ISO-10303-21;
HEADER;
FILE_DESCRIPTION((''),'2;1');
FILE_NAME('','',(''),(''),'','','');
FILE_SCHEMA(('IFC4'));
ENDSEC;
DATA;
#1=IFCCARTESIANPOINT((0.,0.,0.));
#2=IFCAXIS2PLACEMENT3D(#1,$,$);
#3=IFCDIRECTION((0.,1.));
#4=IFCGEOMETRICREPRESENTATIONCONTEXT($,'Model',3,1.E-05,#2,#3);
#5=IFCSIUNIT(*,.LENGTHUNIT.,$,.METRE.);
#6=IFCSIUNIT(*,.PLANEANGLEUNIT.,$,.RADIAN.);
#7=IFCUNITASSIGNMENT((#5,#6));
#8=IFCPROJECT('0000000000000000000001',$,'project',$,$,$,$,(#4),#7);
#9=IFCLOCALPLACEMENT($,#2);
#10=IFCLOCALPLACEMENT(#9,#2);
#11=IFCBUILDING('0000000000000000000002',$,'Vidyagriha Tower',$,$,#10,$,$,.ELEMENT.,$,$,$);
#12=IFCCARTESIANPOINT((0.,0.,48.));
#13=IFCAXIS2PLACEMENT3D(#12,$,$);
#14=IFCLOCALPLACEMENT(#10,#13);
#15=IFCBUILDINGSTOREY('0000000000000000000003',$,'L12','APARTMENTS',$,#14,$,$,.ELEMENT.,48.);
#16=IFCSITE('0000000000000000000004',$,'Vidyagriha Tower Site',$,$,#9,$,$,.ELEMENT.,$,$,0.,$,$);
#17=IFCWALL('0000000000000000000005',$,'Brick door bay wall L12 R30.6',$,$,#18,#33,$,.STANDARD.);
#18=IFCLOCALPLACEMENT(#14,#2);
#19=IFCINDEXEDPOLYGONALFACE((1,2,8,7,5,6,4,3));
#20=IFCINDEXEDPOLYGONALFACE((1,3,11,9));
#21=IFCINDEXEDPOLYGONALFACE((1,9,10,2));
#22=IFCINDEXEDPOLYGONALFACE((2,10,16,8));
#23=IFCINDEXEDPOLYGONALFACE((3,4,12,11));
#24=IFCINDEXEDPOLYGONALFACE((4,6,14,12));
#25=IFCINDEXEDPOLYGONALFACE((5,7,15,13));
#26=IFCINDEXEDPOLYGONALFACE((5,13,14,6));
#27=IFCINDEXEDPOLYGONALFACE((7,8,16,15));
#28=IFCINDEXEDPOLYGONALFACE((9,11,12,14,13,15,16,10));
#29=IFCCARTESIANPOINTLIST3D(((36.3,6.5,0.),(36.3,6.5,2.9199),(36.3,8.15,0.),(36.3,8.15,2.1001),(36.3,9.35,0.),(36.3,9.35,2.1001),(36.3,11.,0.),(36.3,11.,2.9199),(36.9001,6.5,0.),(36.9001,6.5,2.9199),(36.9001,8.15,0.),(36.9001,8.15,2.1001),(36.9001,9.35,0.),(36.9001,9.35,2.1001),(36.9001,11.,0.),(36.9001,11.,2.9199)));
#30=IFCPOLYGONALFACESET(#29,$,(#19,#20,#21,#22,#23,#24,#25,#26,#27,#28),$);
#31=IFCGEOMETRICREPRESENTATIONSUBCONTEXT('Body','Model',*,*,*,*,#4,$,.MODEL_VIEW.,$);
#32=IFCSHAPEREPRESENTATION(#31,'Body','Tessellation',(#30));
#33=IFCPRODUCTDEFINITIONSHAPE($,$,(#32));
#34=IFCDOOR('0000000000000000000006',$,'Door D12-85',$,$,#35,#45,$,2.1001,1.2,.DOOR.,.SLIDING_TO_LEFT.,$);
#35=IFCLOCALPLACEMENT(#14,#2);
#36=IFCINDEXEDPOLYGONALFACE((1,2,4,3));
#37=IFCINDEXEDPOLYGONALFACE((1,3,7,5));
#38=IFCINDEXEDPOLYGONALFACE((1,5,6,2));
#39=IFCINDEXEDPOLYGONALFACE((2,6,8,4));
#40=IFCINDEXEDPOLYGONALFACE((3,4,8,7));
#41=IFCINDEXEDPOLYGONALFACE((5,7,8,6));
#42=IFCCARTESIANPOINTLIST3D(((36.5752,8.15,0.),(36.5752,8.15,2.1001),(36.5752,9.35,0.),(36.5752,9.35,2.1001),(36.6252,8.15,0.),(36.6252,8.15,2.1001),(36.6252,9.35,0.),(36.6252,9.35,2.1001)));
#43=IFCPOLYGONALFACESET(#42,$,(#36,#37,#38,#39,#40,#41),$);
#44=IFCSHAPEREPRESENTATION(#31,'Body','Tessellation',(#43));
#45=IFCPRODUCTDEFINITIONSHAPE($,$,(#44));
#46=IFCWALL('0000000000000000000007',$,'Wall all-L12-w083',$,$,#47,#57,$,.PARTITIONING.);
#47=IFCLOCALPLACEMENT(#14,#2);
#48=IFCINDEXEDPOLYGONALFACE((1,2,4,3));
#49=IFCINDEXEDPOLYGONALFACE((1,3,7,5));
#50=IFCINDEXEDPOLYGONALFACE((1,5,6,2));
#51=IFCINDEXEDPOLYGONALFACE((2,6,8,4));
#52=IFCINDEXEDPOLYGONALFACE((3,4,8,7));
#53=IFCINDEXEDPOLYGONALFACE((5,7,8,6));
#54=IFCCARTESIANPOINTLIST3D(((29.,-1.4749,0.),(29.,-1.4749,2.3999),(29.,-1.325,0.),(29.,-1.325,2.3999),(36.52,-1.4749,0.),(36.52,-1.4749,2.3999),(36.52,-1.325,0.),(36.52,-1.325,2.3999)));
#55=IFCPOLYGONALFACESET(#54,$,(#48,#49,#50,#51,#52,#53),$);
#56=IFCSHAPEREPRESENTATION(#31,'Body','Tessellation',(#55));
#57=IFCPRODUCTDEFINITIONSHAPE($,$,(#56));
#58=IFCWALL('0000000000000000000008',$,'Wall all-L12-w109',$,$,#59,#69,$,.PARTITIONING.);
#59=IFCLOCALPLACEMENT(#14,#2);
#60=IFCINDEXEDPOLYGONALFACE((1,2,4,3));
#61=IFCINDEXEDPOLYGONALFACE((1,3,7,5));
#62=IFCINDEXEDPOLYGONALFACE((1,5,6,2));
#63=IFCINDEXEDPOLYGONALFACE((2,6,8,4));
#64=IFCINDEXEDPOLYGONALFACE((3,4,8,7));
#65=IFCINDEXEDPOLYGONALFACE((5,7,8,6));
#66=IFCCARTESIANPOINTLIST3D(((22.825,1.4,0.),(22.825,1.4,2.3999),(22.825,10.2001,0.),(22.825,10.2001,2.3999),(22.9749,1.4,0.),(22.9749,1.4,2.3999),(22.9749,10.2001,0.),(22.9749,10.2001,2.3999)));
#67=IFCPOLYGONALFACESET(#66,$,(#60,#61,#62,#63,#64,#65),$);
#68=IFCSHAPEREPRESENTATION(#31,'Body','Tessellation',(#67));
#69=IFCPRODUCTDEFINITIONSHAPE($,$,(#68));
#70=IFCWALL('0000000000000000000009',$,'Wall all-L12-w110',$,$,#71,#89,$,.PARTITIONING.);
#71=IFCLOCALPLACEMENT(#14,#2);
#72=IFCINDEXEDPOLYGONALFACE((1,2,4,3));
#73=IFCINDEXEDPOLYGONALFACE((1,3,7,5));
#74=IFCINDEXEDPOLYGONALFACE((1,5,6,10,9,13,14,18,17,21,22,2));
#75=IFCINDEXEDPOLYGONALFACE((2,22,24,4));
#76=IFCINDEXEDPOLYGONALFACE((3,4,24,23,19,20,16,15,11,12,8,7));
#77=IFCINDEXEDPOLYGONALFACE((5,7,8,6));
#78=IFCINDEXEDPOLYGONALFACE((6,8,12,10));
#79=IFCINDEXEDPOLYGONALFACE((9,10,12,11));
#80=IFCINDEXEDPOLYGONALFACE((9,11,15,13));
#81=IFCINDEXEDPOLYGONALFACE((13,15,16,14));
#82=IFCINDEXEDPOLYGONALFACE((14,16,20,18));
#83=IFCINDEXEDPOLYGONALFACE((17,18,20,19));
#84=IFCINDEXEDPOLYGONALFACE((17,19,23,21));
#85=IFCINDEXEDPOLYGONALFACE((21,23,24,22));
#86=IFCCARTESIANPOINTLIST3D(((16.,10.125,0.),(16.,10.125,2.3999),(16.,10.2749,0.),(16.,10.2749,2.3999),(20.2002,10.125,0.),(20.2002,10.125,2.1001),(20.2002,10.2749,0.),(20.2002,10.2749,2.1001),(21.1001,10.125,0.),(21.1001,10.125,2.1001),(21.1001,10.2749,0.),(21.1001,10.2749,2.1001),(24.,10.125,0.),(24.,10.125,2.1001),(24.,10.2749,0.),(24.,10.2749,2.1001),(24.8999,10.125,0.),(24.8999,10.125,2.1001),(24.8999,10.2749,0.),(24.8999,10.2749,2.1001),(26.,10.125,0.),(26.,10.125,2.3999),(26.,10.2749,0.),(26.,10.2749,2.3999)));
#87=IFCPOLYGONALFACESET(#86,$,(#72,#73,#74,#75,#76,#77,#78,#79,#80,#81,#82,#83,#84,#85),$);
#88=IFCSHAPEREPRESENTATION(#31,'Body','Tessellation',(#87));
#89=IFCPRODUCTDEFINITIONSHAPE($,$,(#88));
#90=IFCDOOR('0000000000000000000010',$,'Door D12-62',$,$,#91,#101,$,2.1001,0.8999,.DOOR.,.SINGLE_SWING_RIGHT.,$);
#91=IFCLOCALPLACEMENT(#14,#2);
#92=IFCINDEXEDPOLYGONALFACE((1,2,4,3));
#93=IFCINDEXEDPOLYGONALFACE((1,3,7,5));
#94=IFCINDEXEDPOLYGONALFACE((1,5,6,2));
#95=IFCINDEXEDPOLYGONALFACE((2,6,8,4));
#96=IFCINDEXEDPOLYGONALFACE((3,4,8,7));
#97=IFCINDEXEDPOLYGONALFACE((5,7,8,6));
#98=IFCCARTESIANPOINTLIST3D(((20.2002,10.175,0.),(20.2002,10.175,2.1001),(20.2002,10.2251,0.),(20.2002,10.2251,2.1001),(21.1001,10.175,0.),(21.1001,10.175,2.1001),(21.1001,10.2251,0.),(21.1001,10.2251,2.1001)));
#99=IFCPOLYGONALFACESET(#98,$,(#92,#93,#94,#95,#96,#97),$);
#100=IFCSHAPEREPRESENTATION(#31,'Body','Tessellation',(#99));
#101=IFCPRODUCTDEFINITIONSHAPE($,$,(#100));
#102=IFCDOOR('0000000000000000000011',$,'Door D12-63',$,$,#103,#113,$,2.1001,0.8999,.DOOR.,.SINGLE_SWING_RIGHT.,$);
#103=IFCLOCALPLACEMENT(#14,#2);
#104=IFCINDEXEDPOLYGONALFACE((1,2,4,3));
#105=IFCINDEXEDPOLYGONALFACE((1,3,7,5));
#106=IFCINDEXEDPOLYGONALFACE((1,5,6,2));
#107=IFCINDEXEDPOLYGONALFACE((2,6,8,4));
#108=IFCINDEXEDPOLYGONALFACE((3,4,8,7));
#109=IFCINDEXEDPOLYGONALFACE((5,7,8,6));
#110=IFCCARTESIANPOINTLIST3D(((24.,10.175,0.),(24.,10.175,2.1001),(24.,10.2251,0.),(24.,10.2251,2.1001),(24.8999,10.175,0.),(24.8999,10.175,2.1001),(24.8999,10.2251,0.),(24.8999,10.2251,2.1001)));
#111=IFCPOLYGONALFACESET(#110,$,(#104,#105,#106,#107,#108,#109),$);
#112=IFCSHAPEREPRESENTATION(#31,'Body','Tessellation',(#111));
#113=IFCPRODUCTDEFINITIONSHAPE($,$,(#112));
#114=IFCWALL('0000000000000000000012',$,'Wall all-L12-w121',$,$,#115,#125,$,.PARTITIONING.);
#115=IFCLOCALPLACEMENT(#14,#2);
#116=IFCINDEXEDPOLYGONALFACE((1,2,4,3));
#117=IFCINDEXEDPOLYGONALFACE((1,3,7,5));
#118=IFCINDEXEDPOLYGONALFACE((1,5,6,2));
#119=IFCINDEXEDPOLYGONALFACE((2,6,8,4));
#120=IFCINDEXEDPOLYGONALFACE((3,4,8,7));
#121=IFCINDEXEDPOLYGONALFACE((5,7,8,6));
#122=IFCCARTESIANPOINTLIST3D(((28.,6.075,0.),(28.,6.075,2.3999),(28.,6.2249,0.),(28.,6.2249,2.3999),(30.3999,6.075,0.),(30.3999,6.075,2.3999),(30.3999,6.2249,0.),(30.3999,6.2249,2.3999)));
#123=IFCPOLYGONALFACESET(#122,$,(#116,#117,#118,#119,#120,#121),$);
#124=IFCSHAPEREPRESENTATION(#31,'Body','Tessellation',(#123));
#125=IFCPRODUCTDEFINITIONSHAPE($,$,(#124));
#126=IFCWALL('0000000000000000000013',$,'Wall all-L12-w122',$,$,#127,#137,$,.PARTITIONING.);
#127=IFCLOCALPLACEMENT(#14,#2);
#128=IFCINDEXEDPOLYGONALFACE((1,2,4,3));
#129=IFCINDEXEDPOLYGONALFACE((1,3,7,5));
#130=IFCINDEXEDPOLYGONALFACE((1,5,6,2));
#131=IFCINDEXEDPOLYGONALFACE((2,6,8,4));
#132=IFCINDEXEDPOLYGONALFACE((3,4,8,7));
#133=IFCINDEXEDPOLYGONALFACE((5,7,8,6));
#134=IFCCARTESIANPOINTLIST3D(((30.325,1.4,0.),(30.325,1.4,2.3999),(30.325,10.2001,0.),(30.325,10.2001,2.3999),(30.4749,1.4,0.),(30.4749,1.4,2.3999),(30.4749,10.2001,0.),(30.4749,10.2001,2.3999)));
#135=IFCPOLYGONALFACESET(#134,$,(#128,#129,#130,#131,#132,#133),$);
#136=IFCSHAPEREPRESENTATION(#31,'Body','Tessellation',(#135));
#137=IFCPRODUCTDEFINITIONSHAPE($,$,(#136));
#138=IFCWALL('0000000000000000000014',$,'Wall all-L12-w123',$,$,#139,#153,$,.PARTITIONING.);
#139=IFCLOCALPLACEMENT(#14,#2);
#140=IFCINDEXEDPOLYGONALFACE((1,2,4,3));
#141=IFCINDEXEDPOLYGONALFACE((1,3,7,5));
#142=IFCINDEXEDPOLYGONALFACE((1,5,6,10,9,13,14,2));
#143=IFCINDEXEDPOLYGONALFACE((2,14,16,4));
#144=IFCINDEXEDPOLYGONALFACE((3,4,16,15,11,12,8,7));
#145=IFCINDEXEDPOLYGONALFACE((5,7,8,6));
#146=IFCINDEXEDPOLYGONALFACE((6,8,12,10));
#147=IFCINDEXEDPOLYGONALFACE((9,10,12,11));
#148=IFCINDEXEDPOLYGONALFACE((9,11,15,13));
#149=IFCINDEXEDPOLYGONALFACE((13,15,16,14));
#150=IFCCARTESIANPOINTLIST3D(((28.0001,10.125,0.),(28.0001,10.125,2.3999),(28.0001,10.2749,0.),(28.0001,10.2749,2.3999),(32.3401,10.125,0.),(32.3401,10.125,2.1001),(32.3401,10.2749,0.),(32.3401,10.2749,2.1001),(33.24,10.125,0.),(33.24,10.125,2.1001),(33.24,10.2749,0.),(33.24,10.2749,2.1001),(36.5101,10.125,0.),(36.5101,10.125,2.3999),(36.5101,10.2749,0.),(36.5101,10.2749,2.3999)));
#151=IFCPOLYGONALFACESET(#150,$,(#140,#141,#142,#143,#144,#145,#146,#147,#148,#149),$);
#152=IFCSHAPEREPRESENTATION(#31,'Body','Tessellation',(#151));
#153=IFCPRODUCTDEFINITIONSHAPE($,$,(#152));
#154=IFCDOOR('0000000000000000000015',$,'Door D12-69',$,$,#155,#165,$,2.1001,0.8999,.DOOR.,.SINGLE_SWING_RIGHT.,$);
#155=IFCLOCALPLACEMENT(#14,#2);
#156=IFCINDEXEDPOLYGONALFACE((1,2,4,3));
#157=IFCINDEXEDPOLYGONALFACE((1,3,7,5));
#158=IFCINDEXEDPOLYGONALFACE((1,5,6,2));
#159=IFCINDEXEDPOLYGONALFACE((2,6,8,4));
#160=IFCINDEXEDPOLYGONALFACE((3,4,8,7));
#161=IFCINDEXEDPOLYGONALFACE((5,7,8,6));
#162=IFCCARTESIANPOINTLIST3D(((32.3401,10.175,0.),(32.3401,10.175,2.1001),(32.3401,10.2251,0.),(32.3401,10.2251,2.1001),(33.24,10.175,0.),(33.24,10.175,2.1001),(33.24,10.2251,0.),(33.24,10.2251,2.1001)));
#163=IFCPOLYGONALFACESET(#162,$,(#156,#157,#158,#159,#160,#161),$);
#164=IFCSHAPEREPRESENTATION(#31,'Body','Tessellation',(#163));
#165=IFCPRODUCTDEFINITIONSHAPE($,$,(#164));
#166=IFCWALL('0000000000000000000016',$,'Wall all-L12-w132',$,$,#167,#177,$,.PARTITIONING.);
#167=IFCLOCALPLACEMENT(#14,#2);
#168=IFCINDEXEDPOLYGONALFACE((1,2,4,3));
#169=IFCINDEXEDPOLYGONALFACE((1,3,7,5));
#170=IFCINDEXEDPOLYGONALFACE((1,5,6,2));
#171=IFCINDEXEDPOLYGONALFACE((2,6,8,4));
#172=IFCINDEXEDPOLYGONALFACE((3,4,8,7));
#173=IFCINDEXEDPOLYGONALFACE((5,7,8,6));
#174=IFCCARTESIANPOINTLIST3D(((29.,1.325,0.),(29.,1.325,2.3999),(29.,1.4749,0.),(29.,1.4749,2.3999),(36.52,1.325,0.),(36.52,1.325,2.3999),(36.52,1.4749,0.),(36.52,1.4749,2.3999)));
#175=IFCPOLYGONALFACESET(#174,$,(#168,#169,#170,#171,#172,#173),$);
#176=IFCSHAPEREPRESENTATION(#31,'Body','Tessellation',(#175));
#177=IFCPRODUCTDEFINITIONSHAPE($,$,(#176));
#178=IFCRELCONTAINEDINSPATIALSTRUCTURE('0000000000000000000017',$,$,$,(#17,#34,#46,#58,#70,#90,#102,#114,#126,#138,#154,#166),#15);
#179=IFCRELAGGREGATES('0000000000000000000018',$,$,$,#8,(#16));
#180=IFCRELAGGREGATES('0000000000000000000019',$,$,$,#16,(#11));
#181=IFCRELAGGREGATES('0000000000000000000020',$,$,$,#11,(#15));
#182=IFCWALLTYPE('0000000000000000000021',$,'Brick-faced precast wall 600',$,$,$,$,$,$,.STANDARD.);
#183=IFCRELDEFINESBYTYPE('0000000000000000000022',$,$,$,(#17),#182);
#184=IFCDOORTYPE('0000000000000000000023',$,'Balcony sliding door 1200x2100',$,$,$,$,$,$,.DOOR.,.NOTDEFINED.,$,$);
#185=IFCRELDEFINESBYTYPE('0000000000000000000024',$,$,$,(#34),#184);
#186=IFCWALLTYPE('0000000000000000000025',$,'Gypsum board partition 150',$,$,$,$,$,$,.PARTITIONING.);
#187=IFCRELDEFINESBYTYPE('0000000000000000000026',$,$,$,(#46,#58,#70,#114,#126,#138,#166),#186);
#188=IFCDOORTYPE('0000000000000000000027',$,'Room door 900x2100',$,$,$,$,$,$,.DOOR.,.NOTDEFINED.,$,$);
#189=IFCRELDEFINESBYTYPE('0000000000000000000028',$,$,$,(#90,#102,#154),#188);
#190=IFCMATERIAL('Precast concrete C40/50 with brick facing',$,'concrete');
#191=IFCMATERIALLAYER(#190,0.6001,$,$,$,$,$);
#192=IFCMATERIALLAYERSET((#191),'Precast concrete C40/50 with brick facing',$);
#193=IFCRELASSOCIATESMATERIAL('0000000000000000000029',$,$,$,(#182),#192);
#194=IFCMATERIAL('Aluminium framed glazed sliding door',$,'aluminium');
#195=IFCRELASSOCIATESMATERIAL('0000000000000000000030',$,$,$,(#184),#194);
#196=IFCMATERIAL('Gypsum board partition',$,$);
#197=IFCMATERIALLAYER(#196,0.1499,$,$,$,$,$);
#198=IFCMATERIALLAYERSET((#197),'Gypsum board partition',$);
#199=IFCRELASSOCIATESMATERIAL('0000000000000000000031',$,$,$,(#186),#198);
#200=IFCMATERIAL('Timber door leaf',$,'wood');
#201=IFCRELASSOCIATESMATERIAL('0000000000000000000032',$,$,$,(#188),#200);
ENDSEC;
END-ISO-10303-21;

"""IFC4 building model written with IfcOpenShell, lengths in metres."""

from ifc_helpers import new_model, si_unit, direction, frame, frame_2d, origin, place, context, subcontext, project, spatial, rectangle, extrude, material, layer, layer_set, type_object, element, fill, save


model = new_model("IFC4")

# Units and contexts
model_context = context("Model", 3, precision=1e-05, world=origin(), true_north=direction((0.0, 1.0)))
body_context = subcontext(model_context, "Body", "Model", "MODEL_VIEW")
ifc_project = project(units=[si_unit("LENGTHUNIT", "METRE"), si_unit("PLANEANGLEUNIT", "RADIAN")], contexts=[model_context])

# Site, building, storey
site_placement = place(None, origin())
site = spatial("IfcSite", under=ifc_project, at=site_placement, Name="Vidyagriha Tower Site", CompositionType="ELEMENT", RefElevation=0.0)
building_placement = place(site_placement, origin())
building = spatial("IfcBuilding", under=site, at=building_placement, Name="Vidyagriha Tower", CompositionType="ELEMENT")
storey_placement = place(building_placement, frame((0.0, 0.0, 48.0)))
storey = spatial("IfcBuildingStorey", under=building, at=storey_placement, Name="L12", Description="APARTMENTS", CompositionType="ELEMENT", Elevation=48.0)

# Wall, opening, door
ifc_material_1 = material(Name="Precast concrete C40/50 with brick facing", Category="concrete")
ifc_layer_1 = layer(ifc_material_1, 0.6001)
ifc_layer_set_1 = layer_set([ifc_layer_1], Name="Precast concrete C40/50 with brick facing")
wall_type_1 = type_object("IfcWallType", Name="Brick-faced precast wall 600", PredefinedType="STANDARD", material=ifc_layer_set_1)
wall_1_placement = place(storey_placement, frame((36.6001, 6.5, 0.0), z_axis=(0.0, 0.0, 1.0), x_axis=(0.0, 1.0, 0.0)))
wall_1 = element("IfcWall", 1, at=wall_1_placement, inside=storey, type_object=wall_type_1, Name="Brick door bay wall L12 R30.6", PredefinedType="STANDARD", context=body_context, shape_type="SweptSolid", body=[
    extrude(rectangle(XDim=4.5, YDim=0.6001, at=frame_2d((2.25, 0.0))), origin(), (0.0, 0.0, 1.0), 2.9199),
])
opening_1_placement = place(wall_1_placement, frame((1.6499, 0.0, 0.0)))
opening_1 = element("IfcOpeningElement", 2, at=opening_1_placement, cuts=wall_1, PredefinedType="OPENING", context=body_context, shape_type="SweptSolid", body=[
    extrude(rectangle(XDim=1.2, YDim=2.1001, at=frame_2d((0.6001, 1.05))), frame((0.0, 0.3101, 0.0), z_axis=(0.0, -1.0, 0.0), x_axis=(1.0, 0.0, 0.0)), (0.0, 0.0, 1.0), 0.6201),
])
ifc_material_2 = material(Name="Aluminium framed glazed sliding door", Category="aluminium")
door_type_1 = type_object("IfcDoorType", Name="Balcony sliding door 1200x2100", OperationType="NOTDEFINED", PredefinedType="DOOR", material=ifc_material_2)
door_1_placement = place(opening_1_placement, origin())
door_1 = element("IfcDoor", 3, at=door_1_placement, inside=storey, type_object=door_type_1, Name="Door D12-85", OperationType="SLIDING_TO_LEFT", OverallHeight=2.1001, OverallWidth=1.2, PredefinedType="DOOR", context=body_context, shape_type="SweptSolid", body=[
    extrude(rectangle(XDim=1.2, YDim=2.1001, at=frame_2d((0.6001, 1.05))), frame((0.0, 0.0249, 0.0), z_axis=(0.0, -1.0, 0.0), x_axis=(1.0, 0.0, 0.0)), (0.0, 0.0, 1.0), 0.05),
])
fill(opening_1, door_1)

# Walls
ifc_material_3 = material(Name="Gypsum board partition")
ifc_layer_2 = layer(ifc_material_3, 0.1499)
ifc_layer_set_2 = layer_set([ifc_layer_2], Name="Gypsum board partition")
wall_type_2 = type_object("IfcWallType", Name="Gypsum board partition 150", PredefinedType="PARTITIONING", material=ifc_layer_set_2)
wall_2_placement = place(storey_placement, frame((36.52, -1.3999, 0.0), z_axis=(0.0, 0.0, 1.0), x_axis=(-1.0, 0.0, 0.0)))
element("IfcWall", 4, at=wall_2_placement, inside=storey, type_object=wall_type_2, Name="Wall all-L12-w083", PredefinedType="PARTITIONING", context=body_context, shape_type="SweptSolid", body=[
    extrude(rectangle(XDim=7.52, YDim=0.1499, at=frame_2d((3.76, 0.0))), origin(), (0.0, 0.0, 1.0), 2.3999),
])
wall_3_placement = place(storey_placement, frame((22.8999, 10.2, 0.0), z_axis=(0.0, 0.0, 1.0), x_axis=(0.0, -1.0, 0.0)))
element("IfcWall", 5, at=wall_3_placement, inside=storey, type_object=wall_type_2, Name="Wall all-L12-w109", PredefinedType="PARTITIONING", context=body_context, shape_type="SweptSolid", body=[
    extrude(rectangle(XDim=8.8, YDim=0.1499, at=frame_2d((4.3999, 0.0))), origin(), (0.0, 0.0, 1.0), 2.3999),
])

# Wall, openings, doors
wall_4_placement = place(storey_placement, frame((26.0, 10.2, 0.0), z_axis=(0.0, 0.0, 1.0), x_axis=(-1.0, 0.0, 0.0)))
wall_4 = element("IfcWall", 6, at=wall_4_placement, inside=storey, type_object=wall_type_2, Name="Wall all-L12-w110", PredefinedType="PARTITIONING", context=body_context, shape_type="SweptSolid", body=[
    extrude(rectangle(XDim=10.0, YDim=0.1499, at=frame_2d((5.0, 0.0))), origin(), (0.0, 0.0, 1.0), 2.3999),
])
opening_2_placement = place(wall_4_placement, frame((4.8999, 0.0, 0.0)))
opening_2 = element("IfcOpeningElement", 7, at=opening_2_placement, cuts=wall_4, PredefinedType="OPENING", context=body_context, shape_type="SweptSolid", body=[
    extrude(rectangle(XDim=0.8999, YDim=2.1001, at=frame_2d((0.45, 1.05))), frame((0.0, 0.085, 0.0), z_axis=(0.0, -1.0, 0.0), x_axis=(1.0, 0.0, 0.0)), (0.0, 0.0, 1.0), 0.1699),
])
opening_3_placement = place(wall_4_placement, frame((1.1001, 0.0, 0.0)))
opening_3 = element("IfcOpeningElement", 8, at=opening_3_placement, cuts=wall_4, PredefinedType="OPENING", context=body_context, shape_type="SweptSolid", body=[
    extrude(rectangle(XDim=0.8999, YDim=2.1001, at=frame_2d((0.45, 1.05))), frame((0.0, 0.085, 0.0), z_axis=(0.0, -1.0, 0.0), x_axis=(1.0, 0.0, 0.0)), (0.0, 0.0, 1.0), 0.1699),
])
ifc_material_4 = material(Name="Timber door leaf", Category="wood")
door_type_2 = type_object("IfcDoorType", Name="Room door 900x2100", OperationType="NOTDEFINED", PredefinedType="DOOR", material=ifc_material_4)
door_2_placement = place(opening_2_placement, origin())
door_2 = element("IfcDoor", 9, at=door_2_placement, inside=storey, type_object=door_type_2, Name="Door D12-62", OperationType="SINGLE_SWING_RIGHT", OverallHeight=2.1001, OverallWidth=0.8999, PredefinedType="DOOR", context=body_context, shape_type="SweptSolid", body=[
    extrude(rectangle(XDim=0.8999, YDim=2.1001, at=frame_2d((0.45, 1.05))), frame((0.0, 0.0249, 0.0), z_axis=(0.0, -1.0, 0.0), x_axis=(1.0, 0.0, 0.0)), (0.0, 0.0, 1.0), 0.05),
])
fill(opening_2, door_2)
door_3_placement = place(opening_3_placement, origin())
door_3 = element("IfcDoor", 10, at=door_3_placement, inside=storey, type_object=door_type_2, Name="Door D12-63", OperationType="SINGLE_SWING_RIGHT", OverallHeight=2.1001, OverallWidth=0.8999, PredefinedType="DOOR", context=body_context, shape_type="SweptSolid", body=[
    extrude(rectangle(XDim=0.8999, YDim=2.1001, at=frame_2d((0.45, 1.05))), frame((0.0, 0.0249, 0.0), z_axis=(0.0, -1.0, 0.0), x_axis=(1.0, 0.0, 0.0)), (0.0, 0.0, 1.0), 0.05),
])
fill(opening_3, door_3)

# Walls
wall_5_placement = place(storey_placement, frame((28.0, 6.1499, 0.0)))
element("IfcWall", 11, at=wall_5_placement, inside=storey, type_object=wall_type_2, Name="Wall all-L12-w121", PredefinedType="PARTITIONING", context=body_context, shape_type="SweptSolid", body=[
    extrude(rectangle(XDim=2.3999, YDim=0.1499, at=frame_2d((1.2, 0.0))), origin(), (0.0, 0.0, 1.0), 2.3999),
])
wall_6_placement = place(storey_placement, frame((30.3999, 10.2, 0.0), z_axis=(0.0, 0.0, 1.0), x_axis=(0.0, -1.0, 0.0)))
element("IfcWall", 12, at=wall_6_placement, inside=storey, type_object=wall_type_2, Name="Wall all-L12-w122", PredefinedType="PARTITIONING", context=body_context, shape_type="SweptSolid", body=[
    extrude(rectangle(XDim=8.8, YDim=0.1499, at=frame_2d((4.3999, 0.0))), origin(), (0.0, 0.0, 1.0), 2.3999),
])

# Wall, opening, door
wall_7_placement = place(storey_placement, frame((36.51, 10.2, 0.0), z_axis=(0.0, 0.0, 1.0), x_axis=(-1.0, 0.0, 0.0)))
wall_7 = element("IfcWall", 13, at=wall_7_placement, inside=storey, type_object=wall_type_2, Name="Wall all-L12-w123", PredefinedType="PARTITIONING", context=body_context, shape_type="SweptSolid", body=[
    extrude(rectangle(XDim=8.51, YDim=0.1499, at=frame_2d((4.2549, 0.0))), origin(), (0.0, 0.0, 1.0), 2.3999),
])
opening_4_placement = place(wall_7_placement, frame((3.27, 0.0, 0.0)))
opening_4 = element("IfcOpeningElement", 14, at=opening_4_placement, cuts=wall_7, PredefinedType="OPENING", context=body_context, shape_type="SweptSolid", body=[
    extrude(rectangle(XDim=0.8999, YDim=2.1001, at=frame_2d((0.45, 1.05))), frame((0.0, 0.085, 0.0), z_axis=(0.0, -1.0, 0.0), x_axis=(1.0, 0.0, 0.0)), (0.0, 0.0, 1.0), 0.1699),
])
door_4_placement = place(opening_4_placement, origin())
door_4 = element("IfcDoor", 15, at=door_4_placement, inside=storey, type_object=door_type_2, Name="Door D12-69", OperationType="SINGLE_SWING_RIGHT", OverallHeight=2.1001, OverallWidth=0.8999, PredefinedType="DOOR", context=body_context, shape_type="SweptSolid", body=[
    extrude(rectangle(XDim=0.8999, YDim=2.1001, at=frame_2d((0.45, 1.05))), frame((0.0, 0.0249, 0.0), z_axis=(0.0, -1.0, 0.0), x_axis=(1.0, 0.0, 0.0)), (0.0, 0.0, 1.0), 0.05),
])
fill(opening_4, door_4)

# Wall
wall_8_placement = place(storey_placement, frame((29.0, 1.3999, 0.0)))
element("IfcWall", 16, at=wall_8_placement, inside=storey, type_object=wall_type_2, Name="Wall all-L12-w132", PredefinedType="PARTITIONING", context=body_context, shape_type="SweptSolid", body=[
    extrude(rectangle(XDim=7.52, YDim=0.1499, at=frame_2d((3.76, 0.0))), origin(), (0.0, 0.0, 1.0), 2.3999),
])

save(model, "model.ifc")
